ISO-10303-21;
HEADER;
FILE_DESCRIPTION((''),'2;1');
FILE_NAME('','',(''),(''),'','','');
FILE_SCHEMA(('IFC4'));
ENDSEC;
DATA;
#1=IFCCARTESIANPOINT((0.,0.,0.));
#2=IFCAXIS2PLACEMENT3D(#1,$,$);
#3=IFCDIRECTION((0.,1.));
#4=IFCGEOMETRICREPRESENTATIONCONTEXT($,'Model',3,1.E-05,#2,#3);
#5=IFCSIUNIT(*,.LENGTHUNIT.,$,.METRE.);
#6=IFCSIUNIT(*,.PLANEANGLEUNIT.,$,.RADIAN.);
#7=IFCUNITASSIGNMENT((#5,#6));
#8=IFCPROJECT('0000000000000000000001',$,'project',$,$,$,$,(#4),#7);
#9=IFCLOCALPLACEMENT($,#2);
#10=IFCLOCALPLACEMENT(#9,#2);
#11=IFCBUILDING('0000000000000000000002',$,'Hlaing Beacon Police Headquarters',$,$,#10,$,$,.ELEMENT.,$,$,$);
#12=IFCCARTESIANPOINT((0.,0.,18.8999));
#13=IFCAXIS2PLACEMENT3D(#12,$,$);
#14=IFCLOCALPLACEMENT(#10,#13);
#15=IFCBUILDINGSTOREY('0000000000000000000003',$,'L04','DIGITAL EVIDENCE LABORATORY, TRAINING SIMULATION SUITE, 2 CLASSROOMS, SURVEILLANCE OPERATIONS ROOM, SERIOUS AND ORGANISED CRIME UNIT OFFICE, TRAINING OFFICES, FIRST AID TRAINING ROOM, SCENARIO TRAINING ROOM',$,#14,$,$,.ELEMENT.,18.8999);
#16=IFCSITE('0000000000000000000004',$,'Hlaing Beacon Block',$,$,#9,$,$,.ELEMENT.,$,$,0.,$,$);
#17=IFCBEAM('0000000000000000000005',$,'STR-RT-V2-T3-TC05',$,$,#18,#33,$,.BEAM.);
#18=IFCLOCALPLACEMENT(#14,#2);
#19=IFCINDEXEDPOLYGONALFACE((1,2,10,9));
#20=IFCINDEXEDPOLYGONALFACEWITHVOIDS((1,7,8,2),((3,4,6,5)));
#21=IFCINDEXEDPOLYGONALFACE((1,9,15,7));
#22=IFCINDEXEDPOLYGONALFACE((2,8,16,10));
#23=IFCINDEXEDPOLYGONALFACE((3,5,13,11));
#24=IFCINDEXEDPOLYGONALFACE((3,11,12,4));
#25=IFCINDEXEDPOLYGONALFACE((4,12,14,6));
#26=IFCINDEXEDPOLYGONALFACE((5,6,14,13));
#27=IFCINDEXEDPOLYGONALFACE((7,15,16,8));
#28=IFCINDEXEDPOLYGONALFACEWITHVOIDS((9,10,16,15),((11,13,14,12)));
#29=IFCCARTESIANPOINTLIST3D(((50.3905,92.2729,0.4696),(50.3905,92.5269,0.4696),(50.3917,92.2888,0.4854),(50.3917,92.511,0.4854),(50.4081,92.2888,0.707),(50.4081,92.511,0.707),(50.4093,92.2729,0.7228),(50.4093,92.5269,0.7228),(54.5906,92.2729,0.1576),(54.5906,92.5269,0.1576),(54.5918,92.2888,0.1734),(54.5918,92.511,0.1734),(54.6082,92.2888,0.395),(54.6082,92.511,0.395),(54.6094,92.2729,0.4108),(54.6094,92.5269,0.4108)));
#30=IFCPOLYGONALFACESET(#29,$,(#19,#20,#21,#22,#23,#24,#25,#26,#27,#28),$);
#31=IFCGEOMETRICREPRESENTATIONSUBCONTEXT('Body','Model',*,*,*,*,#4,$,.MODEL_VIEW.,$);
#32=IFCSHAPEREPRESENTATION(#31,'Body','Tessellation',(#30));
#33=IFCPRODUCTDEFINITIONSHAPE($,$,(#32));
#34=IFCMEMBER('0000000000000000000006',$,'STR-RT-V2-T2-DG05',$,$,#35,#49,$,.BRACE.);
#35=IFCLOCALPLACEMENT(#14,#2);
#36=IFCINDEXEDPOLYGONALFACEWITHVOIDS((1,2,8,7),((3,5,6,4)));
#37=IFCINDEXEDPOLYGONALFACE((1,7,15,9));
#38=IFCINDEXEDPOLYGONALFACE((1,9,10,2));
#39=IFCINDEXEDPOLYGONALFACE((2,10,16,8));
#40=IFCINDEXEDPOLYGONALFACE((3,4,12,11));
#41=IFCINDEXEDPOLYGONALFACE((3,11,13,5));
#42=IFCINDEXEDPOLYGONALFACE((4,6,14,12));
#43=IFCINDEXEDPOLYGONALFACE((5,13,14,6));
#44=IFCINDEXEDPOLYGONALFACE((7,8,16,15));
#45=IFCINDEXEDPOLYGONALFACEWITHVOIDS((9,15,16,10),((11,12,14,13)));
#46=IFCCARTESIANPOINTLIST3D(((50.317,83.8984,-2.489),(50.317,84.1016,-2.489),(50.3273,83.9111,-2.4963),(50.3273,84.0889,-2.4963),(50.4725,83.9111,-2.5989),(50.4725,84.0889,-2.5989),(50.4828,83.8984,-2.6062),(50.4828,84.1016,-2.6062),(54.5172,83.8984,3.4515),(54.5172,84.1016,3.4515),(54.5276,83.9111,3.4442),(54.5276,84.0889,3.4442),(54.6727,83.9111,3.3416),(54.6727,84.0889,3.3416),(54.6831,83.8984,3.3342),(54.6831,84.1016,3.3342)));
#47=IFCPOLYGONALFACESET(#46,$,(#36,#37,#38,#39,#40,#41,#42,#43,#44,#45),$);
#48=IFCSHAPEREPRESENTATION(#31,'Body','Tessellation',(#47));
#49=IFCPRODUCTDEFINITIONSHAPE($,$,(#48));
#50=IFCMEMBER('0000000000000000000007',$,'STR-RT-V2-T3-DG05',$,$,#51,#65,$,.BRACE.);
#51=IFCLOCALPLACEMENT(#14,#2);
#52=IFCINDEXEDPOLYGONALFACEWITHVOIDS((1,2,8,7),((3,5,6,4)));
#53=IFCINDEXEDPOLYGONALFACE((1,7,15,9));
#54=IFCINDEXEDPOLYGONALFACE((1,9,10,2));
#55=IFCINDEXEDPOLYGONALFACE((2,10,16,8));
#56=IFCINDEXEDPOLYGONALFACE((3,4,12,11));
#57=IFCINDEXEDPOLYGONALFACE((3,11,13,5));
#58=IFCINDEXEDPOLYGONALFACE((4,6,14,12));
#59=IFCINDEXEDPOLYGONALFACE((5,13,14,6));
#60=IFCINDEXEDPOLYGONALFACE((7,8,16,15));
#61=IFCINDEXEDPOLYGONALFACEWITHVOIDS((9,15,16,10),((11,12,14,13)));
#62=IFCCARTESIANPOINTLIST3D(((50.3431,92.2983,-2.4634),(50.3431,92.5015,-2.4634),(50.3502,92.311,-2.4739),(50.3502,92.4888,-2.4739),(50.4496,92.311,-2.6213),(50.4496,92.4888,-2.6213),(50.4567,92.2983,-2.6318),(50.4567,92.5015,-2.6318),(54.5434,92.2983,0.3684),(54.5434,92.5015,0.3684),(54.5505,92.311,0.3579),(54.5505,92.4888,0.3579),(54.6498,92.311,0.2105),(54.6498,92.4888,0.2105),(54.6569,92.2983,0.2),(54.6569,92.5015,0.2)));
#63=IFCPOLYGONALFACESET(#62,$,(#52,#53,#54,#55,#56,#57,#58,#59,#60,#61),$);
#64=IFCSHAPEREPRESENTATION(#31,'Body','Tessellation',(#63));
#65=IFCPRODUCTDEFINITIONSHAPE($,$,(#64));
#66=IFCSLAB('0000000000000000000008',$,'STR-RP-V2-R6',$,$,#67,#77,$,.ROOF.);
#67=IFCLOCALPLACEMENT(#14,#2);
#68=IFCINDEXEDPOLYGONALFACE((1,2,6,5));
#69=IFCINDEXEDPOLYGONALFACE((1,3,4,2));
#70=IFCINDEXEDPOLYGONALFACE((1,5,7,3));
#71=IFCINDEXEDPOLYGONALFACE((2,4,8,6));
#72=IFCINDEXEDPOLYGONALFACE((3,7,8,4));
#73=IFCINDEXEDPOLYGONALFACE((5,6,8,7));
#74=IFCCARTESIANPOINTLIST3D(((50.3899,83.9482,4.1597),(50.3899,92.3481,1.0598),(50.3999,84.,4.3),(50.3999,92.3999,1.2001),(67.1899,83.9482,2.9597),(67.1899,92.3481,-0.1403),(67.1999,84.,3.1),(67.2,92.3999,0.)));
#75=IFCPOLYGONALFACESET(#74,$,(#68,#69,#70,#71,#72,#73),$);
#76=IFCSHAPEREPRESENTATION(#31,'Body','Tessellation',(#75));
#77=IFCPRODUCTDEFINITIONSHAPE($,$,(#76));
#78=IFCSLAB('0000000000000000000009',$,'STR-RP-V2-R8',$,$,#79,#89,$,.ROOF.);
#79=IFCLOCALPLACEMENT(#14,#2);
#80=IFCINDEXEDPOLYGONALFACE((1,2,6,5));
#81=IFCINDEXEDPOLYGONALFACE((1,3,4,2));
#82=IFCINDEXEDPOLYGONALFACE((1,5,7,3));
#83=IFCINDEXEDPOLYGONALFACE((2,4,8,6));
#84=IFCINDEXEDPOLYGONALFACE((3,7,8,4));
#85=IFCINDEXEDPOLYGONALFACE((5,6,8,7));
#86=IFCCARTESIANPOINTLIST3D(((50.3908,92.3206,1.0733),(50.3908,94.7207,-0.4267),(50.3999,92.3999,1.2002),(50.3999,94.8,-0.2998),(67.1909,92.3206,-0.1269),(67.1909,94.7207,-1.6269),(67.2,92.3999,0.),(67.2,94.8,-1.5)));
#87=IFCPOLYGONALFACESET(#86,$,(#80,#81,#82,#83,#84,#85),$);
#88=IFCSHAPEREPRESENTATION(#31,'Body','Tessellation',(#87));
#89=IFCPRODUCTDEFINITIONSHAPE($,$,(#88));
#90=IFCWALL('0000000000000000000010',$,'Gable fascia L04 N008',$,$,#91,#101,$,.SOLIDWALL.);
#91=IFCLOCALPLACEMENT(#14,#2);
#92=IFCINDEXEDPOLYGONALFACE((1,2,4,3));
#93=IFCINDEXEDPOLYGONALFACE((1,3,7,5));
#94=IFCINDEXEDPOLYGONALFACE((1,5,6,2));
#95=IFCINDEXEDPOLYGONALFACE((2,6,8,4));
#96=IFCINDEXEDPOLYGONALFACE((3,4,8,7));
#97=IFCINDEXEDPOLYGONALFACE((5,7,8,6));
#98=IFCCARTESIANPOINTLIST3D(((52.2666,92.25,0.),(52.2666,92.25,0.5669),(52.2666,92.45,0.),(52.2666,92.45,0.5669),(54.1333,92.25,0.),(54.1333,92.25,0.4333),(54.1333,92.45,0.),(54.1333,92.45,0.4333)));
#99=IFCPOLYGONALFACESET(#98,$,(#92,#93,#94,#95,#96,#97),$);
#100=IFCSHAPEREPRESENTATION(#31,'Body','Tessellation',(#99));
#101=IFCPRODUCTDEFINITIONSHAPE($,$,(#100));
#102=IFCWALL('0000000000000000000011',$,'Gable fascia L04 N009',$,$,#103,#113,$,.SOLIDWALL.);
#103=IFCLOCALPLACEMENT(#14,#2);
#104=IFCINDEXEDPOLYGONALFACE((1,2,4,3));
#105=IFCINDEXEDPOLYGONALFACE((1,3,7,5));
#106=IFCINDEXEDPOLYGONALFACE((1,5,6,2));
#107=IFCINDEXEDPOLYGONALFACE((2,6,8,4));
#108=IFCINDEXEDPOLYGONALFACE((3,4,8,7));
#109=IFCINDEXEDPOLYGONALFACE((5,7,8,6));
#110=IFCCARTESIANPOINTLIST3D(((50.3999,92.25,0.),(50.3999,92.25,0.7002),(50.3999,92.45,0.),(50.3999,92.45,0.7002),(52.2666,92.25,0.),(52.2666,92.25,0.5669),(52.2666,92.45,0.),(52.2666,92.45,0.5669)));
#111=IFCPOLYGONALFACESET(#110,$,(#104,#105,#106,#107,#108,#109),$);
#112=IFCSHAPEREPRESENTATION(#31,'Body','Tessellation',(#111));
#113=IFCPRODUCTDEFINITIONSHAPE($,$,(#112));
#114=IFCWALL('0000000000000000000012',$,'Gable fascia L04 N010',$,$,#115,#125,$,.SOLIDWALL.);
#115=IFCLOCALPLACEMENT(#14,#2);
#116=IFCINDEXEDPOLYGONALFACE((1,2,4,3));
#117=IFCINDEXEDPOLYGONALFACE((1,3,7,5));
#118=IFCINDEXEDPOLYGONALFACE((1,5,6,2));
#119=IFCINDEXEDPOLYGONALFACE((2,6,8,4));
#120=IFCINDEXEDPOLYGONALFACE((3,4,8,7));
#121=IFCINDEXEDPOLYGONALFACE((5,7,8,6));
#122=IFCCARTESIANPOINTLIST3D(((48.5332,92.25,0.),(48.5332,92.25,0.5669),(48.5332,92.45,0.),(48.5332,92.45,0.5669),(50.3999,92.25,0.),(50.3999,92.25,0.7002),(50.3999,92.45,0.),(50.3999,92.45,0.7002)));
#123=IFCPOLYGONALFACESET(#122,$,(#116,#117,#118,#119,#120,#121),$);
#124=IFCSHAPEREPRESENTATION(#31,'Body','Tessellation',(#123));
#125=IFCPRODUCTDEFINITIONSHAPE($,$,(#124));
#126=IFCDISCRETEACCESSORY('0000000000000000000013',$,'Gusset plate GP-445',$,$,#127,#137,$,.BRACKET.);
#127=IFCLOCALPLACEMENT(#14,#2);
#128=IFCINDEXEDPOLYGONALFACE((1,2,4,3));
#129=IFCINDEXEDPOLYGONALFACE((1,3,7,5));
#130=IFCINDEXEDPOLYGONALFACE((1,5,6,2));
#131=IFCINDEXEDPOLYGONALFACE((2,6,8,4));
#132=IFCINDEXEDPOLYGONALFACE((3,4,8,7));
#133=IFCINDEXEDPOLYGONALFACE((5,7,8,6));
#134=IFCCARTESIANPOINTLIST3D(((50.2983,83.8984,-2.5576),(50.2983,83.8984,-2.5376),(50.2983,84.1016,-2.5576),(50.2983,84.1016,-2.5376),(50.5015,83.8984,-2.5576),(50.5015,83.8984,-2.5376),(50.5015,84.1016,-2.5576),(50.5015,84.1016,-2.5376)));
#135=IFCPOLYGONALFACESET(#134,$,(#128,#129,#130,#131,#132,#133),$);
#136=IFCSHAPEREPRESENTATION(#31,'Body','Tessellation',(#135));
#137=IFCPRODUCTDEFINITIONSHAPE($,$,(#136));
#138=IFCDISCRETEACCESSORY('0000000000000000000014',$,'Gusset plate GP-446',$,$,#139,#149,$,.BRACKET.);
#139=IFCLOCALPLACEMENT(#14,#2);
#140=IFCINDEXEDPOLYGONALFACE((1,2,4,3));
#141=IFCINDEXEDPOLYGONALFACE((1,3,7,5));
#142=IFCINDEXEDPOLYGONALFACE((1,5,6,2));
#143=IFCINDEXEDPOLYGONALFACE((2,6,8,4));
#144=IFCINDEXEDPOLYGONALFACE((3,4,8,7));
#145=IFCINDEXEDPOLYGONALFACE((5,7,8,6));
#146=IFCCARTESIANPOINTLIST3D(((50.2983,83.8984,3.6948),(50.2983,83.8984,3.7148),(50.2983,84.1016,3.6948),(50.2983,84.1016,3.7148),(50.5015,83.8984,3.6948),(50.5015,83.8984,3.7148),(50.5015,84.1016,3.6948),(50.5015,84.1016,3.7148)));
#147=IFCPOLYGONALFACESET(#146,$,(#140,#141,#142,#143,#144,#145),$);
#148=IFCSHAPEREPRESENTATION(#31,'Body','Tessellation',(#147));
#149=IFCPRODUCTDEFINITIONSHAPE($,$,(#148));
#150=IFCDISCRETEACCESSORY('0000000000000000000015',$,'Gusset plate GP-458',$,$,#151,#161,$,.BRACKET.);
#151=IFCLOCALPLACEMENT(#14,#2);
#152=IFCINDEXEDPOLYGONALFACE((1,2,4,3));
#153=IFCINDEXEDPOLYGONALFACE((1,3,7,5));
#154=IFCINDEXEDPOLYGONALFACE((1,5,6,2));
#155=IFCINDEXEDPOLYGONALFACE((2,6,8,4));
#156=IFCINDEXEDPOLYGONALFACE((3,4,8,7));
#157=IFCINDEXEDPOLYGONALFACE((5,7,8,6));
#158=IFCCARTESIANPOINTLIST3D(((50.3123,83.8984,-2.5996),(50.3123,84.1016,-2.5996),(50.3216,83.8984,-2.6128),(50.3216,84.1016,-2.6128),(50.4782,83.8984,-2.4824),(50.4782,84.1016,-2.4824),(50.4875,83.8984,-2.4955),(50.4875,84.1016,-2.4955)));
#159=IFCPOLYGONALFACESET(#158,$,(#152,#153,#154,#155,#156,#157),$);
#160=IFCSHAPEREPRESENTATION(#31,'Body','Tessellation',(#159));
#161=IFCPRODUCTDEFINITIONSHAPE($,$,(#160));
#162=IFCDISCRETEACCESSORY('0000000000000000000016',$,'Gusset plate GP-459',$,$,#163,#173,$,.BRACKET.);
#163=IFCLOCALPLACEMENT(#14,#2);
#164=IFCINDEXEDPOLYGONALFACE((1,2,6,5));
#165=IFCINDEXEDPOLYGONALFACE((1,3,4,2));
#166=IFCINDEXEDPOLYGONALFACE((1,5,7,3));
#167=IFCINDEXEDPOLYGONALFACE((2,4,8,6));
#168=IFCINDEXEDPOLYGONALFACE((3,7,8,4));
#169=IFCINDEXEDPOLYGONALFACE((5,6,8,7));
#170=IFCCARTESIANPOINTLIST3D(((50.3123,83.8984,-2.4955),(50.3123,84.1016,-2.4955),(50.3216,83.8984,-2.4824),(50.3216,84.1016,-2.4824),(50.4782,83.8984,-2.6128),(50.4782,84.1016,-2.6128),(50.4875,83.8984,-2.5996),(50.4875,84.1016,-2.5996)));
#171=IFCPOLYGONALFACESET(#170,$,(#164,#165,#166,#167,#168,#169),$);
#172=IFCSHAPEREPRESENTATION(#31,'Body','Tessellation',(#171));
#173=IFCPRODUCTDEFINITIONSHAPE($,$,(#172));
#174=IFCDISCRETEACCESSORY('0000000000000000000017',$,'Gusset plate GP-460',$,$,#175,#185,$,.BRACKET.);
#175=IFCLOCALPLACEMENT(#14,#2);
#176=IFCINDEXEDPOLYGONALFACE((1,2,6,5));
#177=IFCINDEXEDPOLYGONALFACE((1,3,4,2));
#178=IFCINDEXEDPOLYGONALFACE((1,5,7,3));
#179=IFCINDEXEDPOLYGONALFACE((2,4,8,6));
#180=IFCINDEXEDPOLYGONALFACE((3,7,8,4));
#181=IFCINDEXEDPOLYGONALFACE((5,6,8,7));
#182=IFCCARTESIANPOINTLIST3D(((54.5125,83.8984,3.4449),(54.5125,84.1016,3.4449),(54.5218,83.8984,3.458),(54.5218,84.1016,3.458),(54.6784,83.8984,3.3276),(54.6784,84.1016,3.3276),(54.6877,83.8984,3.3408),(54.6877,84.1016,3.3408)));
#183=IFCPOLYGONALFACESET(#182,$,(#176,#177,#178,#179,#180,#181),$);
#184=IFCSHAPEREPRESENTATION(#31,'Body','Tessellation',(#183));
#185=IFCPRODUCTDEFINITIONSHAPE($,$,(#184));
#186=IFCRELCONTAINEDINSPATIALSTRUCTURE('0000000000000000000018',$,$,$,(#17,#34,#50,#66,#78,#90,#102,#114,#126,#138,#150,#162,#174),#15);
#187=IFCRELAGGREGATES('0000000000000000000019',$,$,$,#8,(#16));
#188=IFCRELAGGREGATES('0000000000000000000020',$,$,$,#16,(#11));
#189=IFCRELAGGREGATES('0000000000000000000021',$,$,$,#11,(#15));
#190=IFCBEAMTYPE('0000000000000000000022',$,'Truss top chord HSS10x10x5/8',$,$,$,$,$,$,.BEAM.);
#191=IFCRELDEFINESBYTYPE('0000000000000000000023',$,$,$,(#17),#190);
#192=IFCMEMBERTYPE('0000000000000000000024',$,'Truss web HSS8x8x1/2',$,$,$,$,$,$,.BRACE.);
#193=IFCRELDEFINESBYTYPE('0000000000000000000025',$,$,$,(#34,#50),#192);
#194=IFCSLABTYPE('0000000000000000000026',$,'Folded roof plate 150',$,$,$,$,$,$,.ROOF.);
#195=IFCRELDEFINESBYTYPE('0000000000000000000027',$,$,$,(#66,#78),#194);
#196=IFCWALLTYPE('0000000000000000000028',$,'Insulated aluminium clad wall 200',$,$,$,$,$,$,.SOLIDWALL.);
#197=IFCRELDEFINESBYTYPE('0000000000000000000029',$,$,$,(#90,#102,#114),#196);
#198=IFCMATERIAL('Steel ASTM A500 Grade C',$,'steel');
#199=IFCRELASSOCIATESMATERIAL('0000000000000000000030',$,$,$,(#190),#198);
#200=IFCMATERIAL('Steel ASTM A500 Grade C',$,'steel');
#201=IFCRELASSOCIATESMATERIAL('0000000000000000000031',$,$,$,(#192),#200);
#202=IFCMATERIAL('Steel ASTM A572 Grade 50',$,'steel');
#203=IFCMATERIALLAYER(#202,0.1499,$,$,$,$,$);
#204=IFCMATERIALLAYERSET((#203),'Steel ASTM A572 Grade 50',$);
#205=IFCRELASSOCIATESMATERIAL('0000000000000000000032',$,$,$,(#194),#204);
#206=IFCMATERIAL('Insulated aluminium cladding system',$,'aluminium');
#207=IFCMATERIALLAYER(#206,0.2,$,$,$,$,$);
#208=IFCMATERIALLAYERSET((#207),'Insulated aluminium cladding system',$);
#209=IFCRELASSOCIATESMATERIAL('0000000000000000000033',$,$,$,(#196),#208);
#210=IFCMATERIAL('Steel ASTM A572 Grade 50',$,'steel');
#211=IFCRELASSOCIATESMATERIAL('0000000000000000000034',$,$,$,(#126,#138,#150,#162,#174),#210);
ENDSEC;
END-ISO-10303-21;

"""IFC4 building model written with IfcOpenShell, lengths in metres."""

from ifc_helpers import new_model, si_unit, direction, frame, origin, origin_2d, place, context, subcontext, project, spatial, polyline, rectangle, hollow_rectangle, outline, extrude, material, layer, layer_set, material_profile, profile_set, type_object, element, save


model = new_model("IFC4")

# Units and contexts
model_context = context("Model", 3, precision=1e-05, world=origin(), true_north=direction((0.0, 1.0)))
body_context = subcontext(model_context, "Body", "Model", "MODEL_VIEW")
ifc_project = project(units=[si_unit("LENGTHUNIT", "METRE"), si_unit("PLANEANGLEUNIT", "RADIAN")], contexts=[model_context])

# Site, building, storey
site_placement = place(None, origin())
site = spatial("IfcSite", under=ifc_project, at=site_placement, Name="Hlaing Beacon Block", CompositionType="ELEMENT", RefElevation=0.0)
building_placement = place(site_placement, origin())
building = spatial("IfcBuilding", under=site, at=building_placement, Name="Hlaing Beacon Police Headquarters", CompositionType="ELEMENT")
storey_placement = place(building_placement, frame((0.0, 0.0, 18.8999)))
storey = spatial("IfcBuildingStorey", under=building, at=storey_placement, Name="L04", Description="DIGITAL EVIDENCE LABORATORY, TRAINING SIMULATION SUITE, 2 CLASSROOMS, SURVEILLANCE OPERATIONS ROOM, SERIOUS AND ORGANISED CRIME UNIT OFFICE, TRAINING OFFICES, FIRST AID TRAINING ROOM, SCENARIO TRAINING ROOM", CompositionType="ELEMENT", Elevation=18.8999)

# Beam
ifc_material_1 = material(Name="Steel ASTM A500 Grade C", Category="steel")
ifc_material_profile_1 = material_profile(ifc_material_1, hollow_rectangle(XDim=0.2539, YDim=0.2539, WallThickness=0.0159, at=origin_2d()), Name="HSS10x10x5/8")
ifc_profile_set_1 = profile_set([ifc_material_profile_1], Name="Steel ASTM A500 Grade C")
beam_type_1 = type_object("IfcBeamType", Name="Truss top chord HSS10x10x5/8", PredefinedType="BEAM", material=ifc_profile_set_1)
for number, where, z_axis, x_axis, name in (
    (1, (50.3999, 92.3999, 0.5962), (0.997252, 0.0, -0.074081), (0.0, 1.0, 0.0), "STR-RT-V2-T3-TC05"),
):
    element("IfcBeam", number, at=place(storey_placement, frame(where, z_axis=z_axis, x_axis=x_axis)), inside=storey, type_object=beam_type_1, Name=name, PredefinedType="BEAM", context=body_context, shape_type="SweptSolid", body=[
        extrude(hollow_rectangle(XDim=0.2539, YDim=0.2539, WallThickness=0.0159, at=origin_2d()), origin(), (0.0, 0.0, 1.0), 4.2117),
    ])

# Members
ifc_material_2 = material(Name="Steel ASTM A500 Grade C", Category="steel")
ifc_material_profile_2 = material_profile(ifc_material_2, hollow_rectangle(XDim=0.2031, YDim=0.2031, WallThickness=0.0127, at=origin_2d()), Name="HSS8x8x1/2")
ifc_profile_set_2 = profile_set([ifc_material_profile_2], Name="Steel ASTM A500 Grade C")
member_type_1 = type_object("IfcMemberType", Name="Truss web HSS8x8x1/2", PredefinedType="BRACE", material=ifc_profile_set_2)
member_1_placement = place(storey_placement, frame((50.3999, 84.0, -2.5476), z_axis=(0.577321, 0.0, 0.816517), x_axis=(0.0, 1.0, 0.0)))
element("IfcMember", 2, at=member_1_placement, inside=storey, type_object=member_type_1, Name="STR-RT-V2-T2-DG05", PredefinedType="BRACE", context=body_context, shape_type="SweptSolid", body=[
    extrude(hollow_rectangle(XDim=0.2031, YDim=0.2031, WallThickness=0.0127, at=origin_2d()), origin(), (0.0, 0.0, 1.0), 7.2754),
])
member_2_placement = place(storey_placement, frame((50.3999, 92.3999, -2.5476), z_axis=(0.829155, 0.0, 0.559019), x_axis=(0.0, 1.0, 0.0)))
element("IfcMember", 3, at=member_2_placement, inside=storey, type_object=member_type_1, Name="STR-RT-V2-T3-DG05", PredefinedType="BRACE", context=body_context, shape_type="SweptSolid", body=[
    extrude(hollow_rectangle(XDim=0.2031, YDim=0.2031, WallThickness=0.0127, at=origin_2d()), origin(), (0.0, 0.0, 1.0), 5.0657),
])

# Slabs
ifc_material_3 = material(Name="Steel ASTM A572 Grade 50", Category="steel")
ifc_layer_1 = layer(ifc_material_3, 0.1499)
ifc_layer_set_1 = layer_set([ifc_layer_1], Name="Steel ASTM A572 Grade 50")
slab_type = type_object("IfcSlabType", Name="Folded roof plate 150", PredefinedType="ROOF", material=ifc_layer_set_1)
slab_1_placement = place(storey_placement, frame((50.3999, 84.0, 4.3), z_axis=(0.066865, 0.345449, 0.936052), x_axis=(0.997458, -0.000002, -0.07125)))
element("IfcSlab", 4, at=slab_1_placement, inside=storey, type_object=slab_type, Name="STR-RP-V2-R6", PredefinedType="ROOF", context=body_context, shape_type="SweptSolid", body=[
    extrude(outline(polyline([(0.0, 0.0), (16.8428, 0.0), (17.0637, 8.951), (0.2208, 8.9509), (0.0, 0.0)])), origin(), (0.0, 0.0, -1.0), 0.1499),
])
slab_2_placement = place(storey_placement, frame((50.3999, 92.3999, 1.2002), z_axis=(0.060471, 0.529006, 0.846461), x_axis=(0.997458, 0.0, -0.071258)))
element("IfcSlab", 5, at=slab_2_placement, inside=storey, type_object=slab_type, Name="STR-RP-V2-R8", PredefinedType="ROOF", context=body_context, shape_type="SweptSolid", body=[
    extrude(outline(polyline([(0.0, 0.0), (16.8429, 0.0), (16.9498, 2.8283), (0.1069, 2.8283), (0.0, 0.0)])), origin(), (0.0, 0.0, -1.0), 0.1499),
])

# Walls
ifc_material_4 = material(Name="Insulated aluminium cladding system", Category="aluminium")
ifc_layer_2 = layer(ifc_material_4, 0.2)
ifc_layer_set_2 = layer_set([ifc_layer_2], Name="Insulated aluminium cladding system")
wall_type = type_object("IfcWallType", Name="Insulated aluminium clad wall 200", PredefinedType="SOLIDWALL", material=ifc_layer_set_2)
wall_1_placement = place(storey_placement, frame((54.1333, 92.3501, 0.0), z_axis=(0.0, 0.0, 1.0), x_axis=(-1.0, 0.0, 0.0)))
element("IfcWall", 6, at=wall_1_placement, inside=storey, type_object=wall_type, Name="Gable fascia L04 N008", PredefinedType="SOLIDWALL", context=body_context, shape_type="SweptSolid", body=[
    extrude(outline(polyline([(0.0, 0.0), (1.8667, 0.0), (1.8667, 0.5669), (0.0, 0.4333), (0.0, 0.0)])), frame((0.0, 0.1001, 0.0), z_axis=(0.0, -1.0, 0.0), x_axis=(1.0, 0.0, 0.0)), (0.0, 0.0, 1.0), 0.2),
])
wall_2_placement = place(storey_placement, frame((52.2666, 92.3501, 0.0), z_axis=(0.0, 0.0, 1.0), x_axis=(-1.0, 0.0, 0.0)))
element("IfcWall", 7, at=wall_2_placement, inside=storey, type_object=wall_type, Name="Gable fascia L04 N009", PredefinedType="SOLIDWALL", context=body_context, shape_type="SweptSolid", body=[
    extrude(outline(polyline([(0.0, 0.0), (1.8667, 0.0), (1.8667, 0.7002), (0.0, 0.5669), (0.0, 0.0)])), frame((0.0, 0.1001, 0.0), z_axis=(0.0, -1.0, 0.0), x_axis=(1.0, 0.0, 0.0)), (0.0, 0.0, 1.0), 0.2),
])
wall_3_placement = place(storey_placement, frame((50.3999, 92.3501, 0.0), z_axis=(0.0, 0.0, 1.0), x_axis=(-1.0, 0.0, 0.0)))
element("IfcWall", 8, at=wall_3_placement, inside=storey, type_object=wall_type, Name="Gable fascia L04 N010", PredefinedType="SOLIDWALL", context=body_context, shape_type="SweptSolid", body=[
    extrude(outline(polyline([(0.0, 0.0), (1.8667, 0.0), (1.8667, 0.5669), (0.0, 0.7002), (0.0, 0.0)])), frame((0.0, 0.1001, 0.0), z_axis=(0.0, -1.0, 0.0), x_axis=(1.0, 0.0, 0.0)), (0.0, 0.0, 1.0), 0.2),
])

# Discrete accessories
ifc_material_5 = material(Name="Steel ASTM A572 Grade 50", Category="steel")
for number, where, z_axis, x_axis, name in (
    (9, (50.3999, 84.0, -2.5376), (0.0, 0.0, -1.0), (1.0, 0.0, 0.0), "Gusset plate GP-445"),
    (10, (50.3999, 84.0, 3.6948), (0.0, 0.0, 1.0), (1.0, 0.0, 0.0), "Gusset plate GP-446"),
):
    element("IfcDiscreteAccessory", number, at=place(storey_placement, frame(where, z_axis=z_axis, x_axis=x_axis)), inside=storey, material=ifc_material_5, Name=name, PredefinedType="BRACKET", context=body_context, shape_type="SweptSolid", body=[
        extrude(rectangle(XDim=0.2031, YDim=0.2031, at=origin_2d()), origin(), (0.0, 0.0, 1.0), 0.02),
    ])
for number, where, z_axis, x_axis, name in (
    (11, (50.3953, 84.0, -2.541), (0.577298, 0.0, -0.816533), (0.0, 1.0, 0.0), "Gusset plate GP-458"),
    (12, (50.4045, 84.0, -2.541), (-0.577321, 0.0, -0.816517), (0.0, -1.0, 0.0), "Gusset plate GP-459"),
    (13, (54.5955, 84.0, 3.3862), (0.577321, 0.0, 0.816517), (0.0, 1.0, 0.0), "Gusset plate GP-460"),
):
    element("IfcDiscreteAccessory", number, at=place(storey_placement, frame(where, z_axis=z_axis, x_axis=x_axis)), inside=storey, material=ifc_material_5, Name=name, PredefinedType="BRACKET", context=body_context, shape_type="SweptSolid", body=[
        extrude(rectangle(XDim=0.2031, YDim=0.2031, at=origin_2d()), origin(), (0.0, 0.0, 1.0), 0.0161),
    ])

save(model, "model.ifc")
